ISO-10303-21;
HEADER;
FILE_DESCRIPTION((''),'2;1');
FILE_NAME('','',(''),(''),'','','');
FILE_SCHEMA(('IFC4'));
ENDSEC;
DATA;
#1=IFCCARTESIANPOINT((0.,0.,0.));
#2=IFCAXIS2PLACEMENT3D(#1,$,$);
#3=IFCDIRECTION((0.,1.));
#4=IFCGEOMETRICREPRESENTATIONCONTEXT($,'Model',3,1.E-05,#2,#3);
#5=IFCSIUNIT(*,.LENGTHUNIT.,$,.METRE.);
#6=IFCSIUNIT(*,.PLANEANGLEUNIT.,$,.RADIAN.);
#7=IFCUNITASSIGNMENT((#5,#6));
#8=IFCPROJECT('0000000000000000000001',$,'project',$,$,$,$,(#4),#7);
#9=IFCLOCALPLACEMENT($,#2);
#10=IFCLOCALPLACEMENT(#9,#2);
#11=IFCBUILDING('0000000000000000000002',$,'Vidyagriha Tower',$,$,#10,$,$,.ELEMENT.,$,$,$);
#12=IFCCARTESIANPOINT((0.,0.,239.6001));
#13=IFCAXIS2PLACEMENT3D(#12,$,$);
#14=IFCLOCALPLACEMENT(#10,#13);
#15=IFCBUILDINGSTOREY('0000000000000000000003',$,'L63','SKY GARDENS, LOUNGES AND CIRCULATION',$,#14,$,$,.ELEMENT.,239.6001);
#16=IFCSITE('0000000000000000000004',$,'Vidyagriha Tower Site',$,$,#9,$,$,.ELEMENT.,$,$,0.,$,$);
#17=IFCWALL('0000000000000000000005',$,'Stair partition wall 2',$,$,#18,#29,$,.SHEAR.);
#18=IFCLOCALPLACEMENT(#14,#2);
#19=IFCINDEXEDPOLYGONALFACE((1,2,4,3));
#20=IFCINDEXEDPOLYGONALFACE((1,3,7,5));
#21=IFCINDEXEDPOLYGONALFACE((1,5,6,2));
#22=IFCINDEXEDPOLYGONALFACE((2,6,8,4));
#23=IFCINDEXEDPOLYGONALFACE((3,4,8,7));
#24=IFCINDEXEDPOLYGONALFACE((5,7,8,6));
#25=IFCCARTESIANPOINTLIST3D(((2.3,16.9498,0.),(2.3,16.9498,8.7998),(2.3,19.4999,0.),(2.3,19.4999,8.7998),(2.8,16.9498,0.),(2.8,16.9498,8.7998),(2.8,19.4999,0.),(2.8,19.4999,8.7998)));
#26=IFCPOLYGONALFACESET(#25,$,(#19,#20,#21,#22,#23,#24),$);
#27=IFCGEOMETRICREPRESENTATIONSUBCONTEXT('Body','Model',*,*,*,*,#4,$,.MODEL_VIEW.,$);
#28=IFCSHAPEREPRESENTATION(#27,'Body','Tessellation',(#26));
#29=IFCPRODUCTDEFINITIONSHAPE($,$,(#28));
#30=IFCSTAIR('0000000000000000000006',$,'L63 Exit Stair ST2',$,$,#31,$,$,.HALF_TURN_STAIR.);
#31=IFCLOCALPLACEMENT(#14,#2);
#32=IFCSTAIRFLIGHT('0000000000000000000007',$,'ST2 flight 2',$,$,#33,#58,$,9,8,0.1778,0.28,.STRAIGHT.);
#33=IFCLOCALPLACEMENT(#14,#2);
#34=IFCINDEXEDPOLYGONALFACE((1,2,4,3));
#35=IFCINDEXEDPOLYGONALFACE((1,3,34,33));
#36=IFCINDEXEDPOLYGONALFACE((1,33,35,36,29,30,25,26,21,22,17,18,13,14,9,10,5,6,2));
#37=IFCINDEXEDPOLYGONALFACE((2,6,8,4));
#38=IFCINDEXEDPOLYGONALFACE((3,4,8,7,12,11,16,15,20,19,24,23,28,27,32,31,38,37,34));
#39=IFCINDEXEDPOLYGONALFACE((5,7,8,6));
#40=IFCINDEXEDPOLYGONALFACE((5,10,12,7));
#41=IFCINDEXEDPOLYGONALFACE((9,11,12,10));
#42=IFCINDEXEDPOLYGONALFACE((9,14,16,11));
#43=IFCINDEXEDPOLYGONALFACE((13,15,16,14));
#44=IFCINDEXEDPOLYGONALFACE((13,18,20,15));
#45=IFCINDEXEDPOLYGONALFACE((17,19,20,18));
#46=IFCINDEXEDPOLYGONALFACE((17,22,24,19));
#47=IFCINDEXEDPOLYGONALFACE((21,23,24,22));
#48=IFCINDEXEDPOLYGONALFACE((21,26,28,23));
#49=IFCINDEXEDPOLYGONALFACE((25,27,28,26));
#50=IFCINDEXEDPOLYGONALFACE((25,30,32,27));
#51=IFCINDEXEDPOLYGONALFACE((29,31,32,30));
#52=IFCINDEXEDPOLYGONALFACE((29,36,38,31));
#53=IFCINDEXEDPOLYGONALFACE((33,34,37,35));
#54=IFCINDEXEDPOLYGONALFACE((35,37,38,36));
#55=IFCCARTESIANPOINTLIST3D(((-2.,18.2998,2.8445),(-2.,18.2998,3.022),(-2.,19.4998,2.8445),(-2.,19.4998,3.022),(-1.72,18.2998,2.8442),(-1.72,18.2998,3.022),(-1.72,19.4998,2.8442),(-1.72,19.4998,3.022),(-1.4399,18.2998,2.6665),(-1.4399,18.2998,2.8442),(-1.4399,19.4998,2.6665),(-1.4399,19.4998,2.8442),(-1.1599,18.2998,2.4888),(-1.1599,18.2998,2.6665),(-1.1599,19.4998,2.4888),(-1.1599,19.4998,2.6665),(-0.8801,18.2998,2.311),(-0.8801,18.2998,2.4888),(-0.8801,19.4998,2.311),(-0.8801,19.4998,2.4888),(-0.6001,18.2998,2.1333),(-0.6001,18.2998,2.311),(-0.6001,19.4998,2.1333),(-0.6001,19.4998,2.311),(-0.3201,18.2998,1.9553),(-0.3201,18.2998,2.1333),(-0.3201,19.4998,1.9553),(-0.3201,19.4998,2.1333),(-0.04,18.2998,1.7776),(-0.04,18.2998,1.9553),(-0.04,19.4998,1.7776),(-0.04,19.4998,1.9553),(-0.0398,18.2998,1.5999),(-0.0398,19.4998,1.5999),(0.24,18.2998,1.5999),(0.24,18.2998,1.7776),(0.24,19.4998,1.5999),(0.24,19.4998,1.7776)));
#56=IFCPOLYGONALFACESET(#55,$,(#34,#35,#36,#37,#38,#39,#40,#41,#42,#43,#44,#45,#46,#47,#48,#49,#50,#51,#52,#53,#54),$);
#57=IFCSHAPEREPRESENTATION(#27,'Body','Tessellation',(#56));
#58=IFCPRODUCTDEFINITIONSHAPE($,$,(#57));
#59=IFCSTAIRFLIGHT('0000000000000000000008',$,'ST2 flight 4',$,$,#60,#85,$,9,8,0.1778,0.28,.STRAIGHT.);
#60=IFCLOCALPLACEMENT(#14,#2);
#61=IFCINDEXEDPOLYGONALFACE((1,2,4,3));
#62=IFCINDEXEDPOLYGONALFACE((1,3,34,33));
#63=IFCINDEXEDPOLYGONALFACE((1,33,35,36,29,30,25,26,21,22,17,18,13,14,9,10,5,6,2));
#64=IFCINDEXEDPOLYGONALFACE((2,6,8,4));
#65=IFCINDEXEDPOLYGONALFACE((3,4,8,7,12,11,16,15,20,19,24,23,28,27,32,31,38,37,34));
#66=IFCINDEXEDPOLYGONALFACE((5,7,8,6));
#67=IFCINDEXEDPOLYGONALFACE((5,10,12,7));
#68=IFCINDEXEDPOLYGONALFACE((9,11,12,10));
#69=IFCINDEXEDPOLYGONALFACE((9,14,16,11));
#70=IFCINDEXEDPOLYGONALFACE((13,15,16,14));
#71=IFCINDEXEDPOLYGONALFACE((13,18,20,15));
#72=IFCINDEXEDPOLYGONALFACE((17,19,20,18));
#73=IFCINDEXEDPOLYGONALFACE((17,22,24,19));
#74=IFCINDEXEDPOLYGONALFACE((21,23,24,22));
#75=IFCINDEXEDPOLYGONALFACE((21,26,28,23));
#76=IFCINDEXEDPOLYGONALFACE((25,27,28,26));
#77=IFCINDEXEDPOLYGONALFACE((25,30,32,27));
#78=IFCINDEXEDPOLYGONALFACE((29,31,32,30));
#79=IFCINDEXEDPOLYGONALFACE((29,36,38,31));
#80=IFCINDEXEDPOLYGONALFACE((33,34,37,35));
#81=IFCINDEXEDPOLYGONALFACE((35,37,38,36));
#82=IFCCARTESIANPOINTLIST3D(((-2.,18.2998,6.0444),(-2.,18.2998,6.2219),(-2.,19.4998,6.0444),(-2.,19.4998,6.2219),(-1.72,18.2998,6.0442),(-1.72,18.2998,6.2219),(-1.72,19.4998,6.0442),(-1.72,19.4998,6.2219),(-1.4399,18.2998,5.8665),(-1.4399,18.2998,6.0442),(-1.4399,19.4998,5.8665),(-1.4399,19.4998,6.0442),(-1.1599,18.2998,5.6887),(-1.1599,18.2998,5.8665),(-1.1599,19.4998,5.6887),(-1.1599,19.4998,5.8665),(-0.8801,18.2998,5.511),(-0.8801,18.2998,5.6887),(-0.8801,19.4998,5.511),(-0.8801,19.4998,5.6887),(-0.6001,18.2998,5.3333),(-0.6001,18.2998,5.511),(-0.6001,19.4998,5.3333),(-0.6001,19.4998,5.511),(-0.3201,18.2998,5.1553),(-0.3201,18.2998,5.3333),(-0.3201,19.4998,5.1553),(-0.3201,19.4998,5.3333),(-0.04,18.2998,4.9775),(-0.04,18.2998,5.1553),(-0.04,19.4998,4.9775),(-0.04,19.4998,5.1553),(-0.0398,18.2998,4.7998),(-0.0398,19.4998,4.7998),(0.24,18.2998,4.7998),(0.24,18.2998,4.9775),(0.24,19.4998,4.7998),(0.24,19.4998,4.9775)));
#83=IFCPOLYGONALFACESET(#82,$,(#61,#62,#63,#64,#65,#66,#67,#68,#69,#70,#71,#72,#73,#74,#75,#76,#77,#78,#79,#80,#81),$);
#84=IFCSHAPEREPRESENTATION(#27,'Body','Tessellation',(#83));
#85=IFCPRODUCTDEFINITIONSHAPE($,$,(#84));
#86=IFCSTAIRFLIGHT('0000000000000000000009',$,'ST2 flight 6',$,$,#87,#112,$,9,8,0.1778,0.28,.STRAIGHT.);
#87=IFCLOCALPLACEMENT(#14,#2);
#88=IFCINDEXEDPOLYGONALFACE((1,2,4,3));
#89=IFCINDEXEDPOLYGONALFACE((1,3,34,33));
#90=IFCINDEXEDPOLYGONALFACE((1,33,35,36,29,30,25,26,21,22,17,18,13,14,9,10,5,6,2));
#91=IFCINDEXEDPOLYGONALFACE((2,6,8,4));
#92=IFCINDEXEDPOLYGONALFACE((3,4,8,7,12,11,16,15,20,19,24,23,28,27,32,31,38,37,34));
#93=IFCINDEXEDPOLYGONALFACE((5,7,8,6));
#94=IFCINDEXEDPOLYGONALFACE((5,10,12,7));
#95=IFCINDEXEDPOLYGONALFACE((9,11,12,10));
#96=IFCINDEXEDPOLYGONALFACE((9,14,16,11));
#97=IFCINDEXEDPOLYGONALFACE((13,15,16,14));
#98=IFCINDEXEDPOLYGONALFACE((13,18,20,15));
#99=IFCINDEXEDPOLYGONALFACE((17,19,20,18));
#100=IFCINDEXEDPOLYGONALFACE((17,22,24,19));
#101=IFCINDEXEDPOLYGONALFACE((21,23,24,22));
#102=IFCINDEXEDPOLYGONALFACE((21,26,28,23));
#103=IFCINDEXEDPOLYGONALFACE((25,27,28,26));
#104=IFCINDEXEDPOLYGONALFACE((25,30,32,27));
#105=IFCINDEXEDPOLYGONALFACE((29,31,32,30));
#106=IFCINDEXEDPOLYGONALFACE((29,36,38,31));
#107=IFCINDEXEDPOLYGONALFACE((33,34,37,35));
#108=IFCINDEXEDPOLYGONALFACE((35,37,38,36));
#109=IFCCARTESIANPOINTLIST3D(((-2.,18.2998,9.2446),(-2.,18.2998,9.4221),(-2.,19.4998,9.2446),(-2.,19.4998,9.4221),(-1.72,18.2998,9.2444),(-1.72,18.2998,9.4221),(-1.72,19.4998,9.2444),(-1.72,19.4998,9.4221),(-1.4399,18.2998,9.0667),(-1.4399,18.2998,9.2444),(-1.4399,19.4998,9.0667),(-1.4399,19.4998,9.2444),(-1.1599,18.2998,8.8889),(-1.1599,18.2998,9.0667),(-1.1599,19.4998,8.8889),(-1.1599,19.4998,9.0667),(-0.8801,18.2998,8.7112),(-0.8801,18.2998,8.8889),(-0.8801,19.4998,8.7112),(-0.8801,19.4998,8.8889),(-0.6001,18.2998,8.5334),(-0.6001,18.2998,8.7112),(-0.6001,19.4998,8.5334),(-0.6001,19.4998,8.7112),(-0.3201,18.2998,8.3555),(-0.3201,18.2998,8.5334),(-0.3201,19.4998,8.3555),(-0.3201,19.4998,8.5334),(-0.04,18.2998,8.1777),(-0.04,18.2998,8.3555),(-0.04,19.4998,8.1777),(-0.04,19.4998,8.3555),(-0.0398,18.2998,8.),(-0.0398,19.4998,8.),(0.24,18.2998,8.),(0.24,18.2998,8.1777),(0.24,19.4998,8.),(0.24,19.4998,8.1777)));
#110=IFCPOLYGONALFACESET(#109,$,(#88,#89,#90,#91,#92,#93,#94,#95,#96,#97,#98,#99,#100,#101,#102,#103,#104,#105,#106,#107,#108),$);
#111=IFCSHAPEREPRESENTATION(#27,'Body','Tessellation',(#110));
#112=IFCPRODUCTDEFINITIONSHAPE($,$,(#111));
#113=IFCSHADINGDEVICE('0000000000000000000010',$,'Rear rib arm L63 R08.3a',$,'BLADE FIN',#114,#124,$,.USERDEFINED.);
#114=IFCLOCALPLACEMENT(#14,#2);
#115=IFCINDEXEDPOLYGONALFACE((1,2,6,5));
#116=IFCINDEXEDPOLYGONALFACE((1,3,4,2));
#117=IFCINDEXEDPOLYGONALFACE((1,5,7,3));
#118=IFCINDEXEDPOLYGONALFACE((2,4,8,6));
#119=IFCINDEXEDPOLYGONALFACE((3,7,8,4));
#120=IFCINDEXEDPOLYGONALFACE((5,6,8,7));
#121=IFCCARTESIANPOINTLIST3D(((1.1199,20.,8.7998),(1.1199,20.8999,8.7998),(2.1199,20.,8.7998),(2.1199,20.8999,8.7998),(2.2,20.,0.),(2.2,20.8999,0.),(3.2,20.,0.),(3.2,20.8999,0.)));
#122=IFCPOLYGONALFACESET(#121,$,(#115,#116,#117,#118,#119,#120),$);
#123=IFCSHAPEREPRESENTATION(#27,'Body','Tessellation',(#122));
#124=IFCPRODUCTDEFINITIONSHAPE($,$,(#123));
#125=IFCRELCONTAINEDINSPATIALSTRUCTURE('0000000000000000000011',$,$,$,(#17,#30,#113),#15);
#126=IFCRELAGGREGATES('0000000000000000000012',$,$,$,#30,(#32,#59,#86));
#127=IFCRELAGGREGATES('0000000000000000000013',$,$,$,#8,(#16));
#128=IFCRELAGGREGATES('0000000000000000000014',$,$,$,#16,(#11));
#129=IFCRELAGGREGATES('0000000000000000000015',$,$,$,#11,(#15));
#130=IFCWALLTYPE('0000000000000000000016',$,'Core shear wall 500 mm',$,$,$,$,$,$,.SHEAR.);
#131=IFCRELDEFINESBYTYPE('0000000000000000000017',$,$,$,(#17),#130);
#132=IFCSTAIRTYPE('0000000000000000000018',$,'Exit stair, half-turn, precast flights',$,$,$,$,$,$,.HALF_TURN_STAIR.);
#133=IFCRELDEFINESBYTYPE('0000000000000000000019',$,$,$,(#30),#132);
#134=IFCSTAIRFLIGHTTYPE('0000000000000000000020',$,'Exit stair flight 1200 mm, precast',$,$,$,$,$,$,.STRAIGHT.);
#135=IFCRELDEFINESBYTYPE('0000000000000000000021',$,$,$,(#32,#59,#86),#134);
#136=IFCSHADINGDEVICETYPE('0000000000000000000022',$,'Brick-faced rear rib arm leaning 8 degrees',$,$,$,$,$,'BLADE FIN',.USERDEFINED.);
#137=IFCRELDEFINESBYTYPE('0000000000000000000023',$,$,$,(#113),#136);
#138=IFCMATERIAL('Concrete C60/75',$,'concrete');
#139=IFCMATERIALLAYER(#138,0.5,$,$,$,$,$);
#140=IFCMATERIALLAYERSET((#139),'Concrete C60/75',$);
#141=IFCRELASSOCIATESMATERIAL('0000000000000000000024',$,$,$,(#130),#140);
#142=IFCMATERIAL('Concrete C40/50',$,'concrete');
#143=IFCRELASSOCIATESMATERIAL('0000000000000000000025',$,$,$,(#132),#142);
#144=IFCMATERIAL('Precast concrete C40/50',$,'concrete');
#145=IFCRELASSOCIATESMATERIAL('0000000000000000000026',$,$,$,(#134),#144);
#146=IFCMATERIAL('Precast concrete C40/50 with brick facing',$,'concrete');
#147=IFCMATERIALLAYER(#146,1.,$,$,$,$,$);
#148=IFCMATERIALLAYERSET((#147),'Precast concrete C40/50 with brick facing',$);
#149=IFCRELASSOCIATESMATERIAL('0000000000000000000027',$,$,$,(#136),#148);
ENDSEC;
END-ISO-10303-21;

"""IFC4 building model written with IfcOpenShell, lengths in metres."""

from ifc_helpers import new_model, si_unit, direction, frame, frame_2d, origin, place, context, subcontext, project, spatial, polyline, rectangle, outline, extrude, material, layer, layer_set, type_object, element, aggregate, save


model = new_model("IFC4")

# Units and contexts
model_context = context("Model", 3, precision=1e-05, world=origin(), true_north=direction((0.0, 1.0)))
body_context = subcontext(model_context, "Body", "Model", "MODEL_VIEW")
ifc_project = project(units=[si_unit("LENGTHUNIT", "METRE"), si_unit("PLANEANGLEUNIT", "RADIAN")], contexts=[model_context])

# Site, building, storey
site_placement = place(None, origin())
site = spatial("IfcSite", under=ifc_project, at=site_placement, Name="Vidyagriha Tower Site", CompositionType="ELEMENT", RefElevation=0.0)
building_placement = place(site_placement, origin())
building = spatial("IfcBuilding", under=site, at=building_placement, Name="Vidyagriha Tower", CompositionType="ELEMENT")
storey_placement = place(building_placement, frame((0.0, 0.0, 239.6001)))
storey = spatial("IfcBuildingStorey", under=building, at=storey_placement, Name="L63", Description="SKY GARDENS, LOUNGES AND CIRCULATION", CompositionType="ELEMENT", Elevation=239.6001)

# Wall
ifc_material_1 = material(Name="Concrete C60/75", Category="concrete")
ifc_layer_1 = layer(ifc_material_1, 0.5)
ifc_layer_set_1 = layer_set([ifc_layer_1], Name="Concrete C60/75")
wall_type_1 = type_object("IfcWallType", Name="Core shear wall 500 mm", PredefinedType="SHEAR", material=ifc_layer_set_1)
wall_1_placement = place(storey_placement, frame((2.55, 16.95, 0.0), z_axis=(0.0, 0.0, 1.0), x_axis=(0.0, 1.0, 0.0)))
element("IfcWall", 1, at=wall_1_placement, inside=storey, type_object=wall_type_1, Name="Stair partition wall 2", PredefinedType="SHEAR", context=body_context, shape_type="SweptSolid", body=[
    extrude(rectangle(XDim=2.55, YDim=0.5, at=frame_2d((1.2749, 0.0))), origin(), (0.0, 0.0, 1.0), 8.7998),
])

# Stair, stair flights
ifc_material_2 = material(Name="Concrete C40/50", Category="concrete")
stair_type = type_object("IfcStairType", Name="Exit stair, half-turn, precast flights", PredefinedType="HALF_TURN_STAIR", material=ifc_material_2)
stair_placement = place(storey_placement, origin())
stair = element("IfcStair", 2, at=stair_placement, inside=storey, type_object=stair_type, Name="L63 Exit Stair ST2", PredefinedType="HALF_TURN_STAIR")
ifc_material_3 = material(Name="Precast concrete C40/50", Category="concrete")
stair_flight_type = type_object("IfcStairFlightType", Name="Exit stair flight 1200 mm, precast", PredefinedType="STRAIGHT", material=ifc_material_3)
stair_flight_1_placement = place(storey_placement, frame((0.24, 18.8999, 1.5999), z_axis=(0.0, 0.0, 1.0), x_axis=(-1.0, 0.0, 0.0)))
stair_flight_1 = element("IfcStairFlight", 3, at=stair_flight_1_placement, type_object=stair_flight_type, Name="ST2 flight 2", NumberOfRisers=9, NumberOfTreads=8, PredefinedType="STRAIGHT", RiserHeight=0.1778, TreadLength=0.28, context=body_context, shape_type="SweptSolid", body=[
    extrude(outline(polyline([(0.0, 0.0), (0.0, 0.1777), (0.28, 0.1777), (0.28, 0.3555), (0.5601, 0.3555), (0.5601, 0.5334), (0.8401, 0.5334), (0.8401, 0.7112), (1.1201, 0.7112), (1.1201, 0.8889), (1.3999, 0.8889), (1.3999, 1.0667), (1.6799, 1.0667), (1.6799, 1.2444), (1.96, 1.2444), (1.96, 1.4221), (2.24, 1.4221), (2.24, 1.6001), (2.24, 1.2446), (0.2798, 0.0), (0.0, 0.0)])), frame((0.0, 0.6001, 0.0), z_axis=(0.0, -1.0, 0.0), x_axis=(1.0, 0.0, 0.0)), (0.0, 0.0, 1.0), 1.2),
])
stair_flight_2_placement = place(storey_placement, frame((0.24, 18.8999, 4.7998), z_axis=(0.0, 0.0, 1.0), x_axis=(-1.0, 0.0, 0.0)))
stair_flight_2 = element("IfcStairFlight", 4, at=stair_flight_2_placement, type_object=stair_flight_type, Name="ST2 flight 4", NumberOfRisers=9, NumberOfTreads=8, PredefinedType="STRAIGHT", RiserHeight=0.1778, TreadLength=0.28, context=body_context, shape_type="SweptSolid", body=[
    extrude(outline(polyline([(0.0, 0.0), (0.0, 0.1777), (0.28, 0.1777), (0.28, 0.3555), (0.5601, 0.3555), (0.5601, 0.5334), (0.8401, 0.5334), (0.8401, 0.7112), (1.1201, 0.7112), (1.1201, 0.8889), (1.3999, 0.8889), (1.3999, 1.0667), (1.6799, 1.0667), (1.6799, 1.2444), (1.96, 1.2444), (1.96, 1.4221), (2.24, 1.4221), (2.24, 1.6001), (2.24, 1.2446), (0.2798, 0.0), (0.0, 0.0)])), frame((0.0, 0.6001, 0.0), z_axis=(0.0, -1.0, 0.0), x_axis=(1.0, 0.0, 0.0)), (0.0, 0.0, 1.0), 1.2),
])
stair_flight_3_placement = place(storey_placement, frame((0.24, 18.8999, 8.0), z_axis=(0.0, 0.0, 1.0), x_axis=(-1.0, 0.0, 0.0)))
stair_flight_3 = element("IfcStairFlight", 5, at=stair_flight_3_placement, type_object=stair_flight_type, Name="ST2 flight 6", NumberOfRisers=9, NumberOfTreads=8, PredefinedType="STRAIGHT", RiserHeight=0.1778, TreadLength=0.28, context=body_context, shape_type="SweptSolid", body=[
    extrude(outline(polyline([(0.0, 0.0), (0.0, 0.1777), (0.28, 0.1777), (0.28, 0.3555), (0.5601, 0.3555), (0.5601, 0.5334), (0.8401, 0.5334), (0.8401, 0.7112), (1.1201, 0.7112), (1.1201, 0.8889), (1.3999, 0.8889), (1.3999, 1.0667), (1.6799, 1.0667), (1.6799, 1.2444), (1.96, 1.2444), (1.96, 1.4221), (2.24, 1.4221), (2.24, 1.6001), (2.24, 1.2446), (0.2798, 0.0), (0.0, 0.0)])), frame((0.0, 0.6001, 0.0), z_axis=(0.0, -1.0, 0.0), x_axis=(1.0, 0.0, 0.0)), (0.0, 0.0, 1.0), 1.2),
])
aggregate(stair, [stair_flight_1, stair_flight_2, stair_flight_3])

# Shading device
ifc_material_4 = material(Name="Precast concrete C40/50 with brick facing", Category="concrete")
ifc_layer_2 = layer(ifc_material_4, 1.0)
ifc_layer_set_2 = layer_set([ifc_layer_2], Name="Precast concrete C40/50 with brick facing")
shading_device_type = type_object("IfcShadingDeviceType", Name="Brick-faced rear rib arm leaning 8 degrees", ElementType="BLADE FIN", PredefinedType="USERDEFINED", material=ifc_layer_set_2)
shading_device_placement = place(storey_placement, frame((3.2, 20.45, 0.0), z_axis=(0.0, 0.0, 1.0), x_axis=(-1.0, 0.0, 0.0)))
element("IfcShadingDevice", 6, at=shading_device_placement, inside=storey, type_object=shading_device_type, Name="Rear rib arm L63 R08.3a", ObjectType="BLADE FIN", PredefinedType="USERDEFINED", context=body_context, shape_type="SweptSolid", body=[
    extrude(outline(polyline([(0.0, 0.0), (1.0, 0.0), (2.0801, 8.7998), (1.0801, 8.7998), (0.0, 0.0)])), frame((0.0, 0.45, 0.0), z_axis=(0.0, -1.0, 0.0), x_axis=(1.0, 0.0, 0.0)), (0.0, 0.0, 1.0), 0.8999),
])

save(model, "model.ifc")
